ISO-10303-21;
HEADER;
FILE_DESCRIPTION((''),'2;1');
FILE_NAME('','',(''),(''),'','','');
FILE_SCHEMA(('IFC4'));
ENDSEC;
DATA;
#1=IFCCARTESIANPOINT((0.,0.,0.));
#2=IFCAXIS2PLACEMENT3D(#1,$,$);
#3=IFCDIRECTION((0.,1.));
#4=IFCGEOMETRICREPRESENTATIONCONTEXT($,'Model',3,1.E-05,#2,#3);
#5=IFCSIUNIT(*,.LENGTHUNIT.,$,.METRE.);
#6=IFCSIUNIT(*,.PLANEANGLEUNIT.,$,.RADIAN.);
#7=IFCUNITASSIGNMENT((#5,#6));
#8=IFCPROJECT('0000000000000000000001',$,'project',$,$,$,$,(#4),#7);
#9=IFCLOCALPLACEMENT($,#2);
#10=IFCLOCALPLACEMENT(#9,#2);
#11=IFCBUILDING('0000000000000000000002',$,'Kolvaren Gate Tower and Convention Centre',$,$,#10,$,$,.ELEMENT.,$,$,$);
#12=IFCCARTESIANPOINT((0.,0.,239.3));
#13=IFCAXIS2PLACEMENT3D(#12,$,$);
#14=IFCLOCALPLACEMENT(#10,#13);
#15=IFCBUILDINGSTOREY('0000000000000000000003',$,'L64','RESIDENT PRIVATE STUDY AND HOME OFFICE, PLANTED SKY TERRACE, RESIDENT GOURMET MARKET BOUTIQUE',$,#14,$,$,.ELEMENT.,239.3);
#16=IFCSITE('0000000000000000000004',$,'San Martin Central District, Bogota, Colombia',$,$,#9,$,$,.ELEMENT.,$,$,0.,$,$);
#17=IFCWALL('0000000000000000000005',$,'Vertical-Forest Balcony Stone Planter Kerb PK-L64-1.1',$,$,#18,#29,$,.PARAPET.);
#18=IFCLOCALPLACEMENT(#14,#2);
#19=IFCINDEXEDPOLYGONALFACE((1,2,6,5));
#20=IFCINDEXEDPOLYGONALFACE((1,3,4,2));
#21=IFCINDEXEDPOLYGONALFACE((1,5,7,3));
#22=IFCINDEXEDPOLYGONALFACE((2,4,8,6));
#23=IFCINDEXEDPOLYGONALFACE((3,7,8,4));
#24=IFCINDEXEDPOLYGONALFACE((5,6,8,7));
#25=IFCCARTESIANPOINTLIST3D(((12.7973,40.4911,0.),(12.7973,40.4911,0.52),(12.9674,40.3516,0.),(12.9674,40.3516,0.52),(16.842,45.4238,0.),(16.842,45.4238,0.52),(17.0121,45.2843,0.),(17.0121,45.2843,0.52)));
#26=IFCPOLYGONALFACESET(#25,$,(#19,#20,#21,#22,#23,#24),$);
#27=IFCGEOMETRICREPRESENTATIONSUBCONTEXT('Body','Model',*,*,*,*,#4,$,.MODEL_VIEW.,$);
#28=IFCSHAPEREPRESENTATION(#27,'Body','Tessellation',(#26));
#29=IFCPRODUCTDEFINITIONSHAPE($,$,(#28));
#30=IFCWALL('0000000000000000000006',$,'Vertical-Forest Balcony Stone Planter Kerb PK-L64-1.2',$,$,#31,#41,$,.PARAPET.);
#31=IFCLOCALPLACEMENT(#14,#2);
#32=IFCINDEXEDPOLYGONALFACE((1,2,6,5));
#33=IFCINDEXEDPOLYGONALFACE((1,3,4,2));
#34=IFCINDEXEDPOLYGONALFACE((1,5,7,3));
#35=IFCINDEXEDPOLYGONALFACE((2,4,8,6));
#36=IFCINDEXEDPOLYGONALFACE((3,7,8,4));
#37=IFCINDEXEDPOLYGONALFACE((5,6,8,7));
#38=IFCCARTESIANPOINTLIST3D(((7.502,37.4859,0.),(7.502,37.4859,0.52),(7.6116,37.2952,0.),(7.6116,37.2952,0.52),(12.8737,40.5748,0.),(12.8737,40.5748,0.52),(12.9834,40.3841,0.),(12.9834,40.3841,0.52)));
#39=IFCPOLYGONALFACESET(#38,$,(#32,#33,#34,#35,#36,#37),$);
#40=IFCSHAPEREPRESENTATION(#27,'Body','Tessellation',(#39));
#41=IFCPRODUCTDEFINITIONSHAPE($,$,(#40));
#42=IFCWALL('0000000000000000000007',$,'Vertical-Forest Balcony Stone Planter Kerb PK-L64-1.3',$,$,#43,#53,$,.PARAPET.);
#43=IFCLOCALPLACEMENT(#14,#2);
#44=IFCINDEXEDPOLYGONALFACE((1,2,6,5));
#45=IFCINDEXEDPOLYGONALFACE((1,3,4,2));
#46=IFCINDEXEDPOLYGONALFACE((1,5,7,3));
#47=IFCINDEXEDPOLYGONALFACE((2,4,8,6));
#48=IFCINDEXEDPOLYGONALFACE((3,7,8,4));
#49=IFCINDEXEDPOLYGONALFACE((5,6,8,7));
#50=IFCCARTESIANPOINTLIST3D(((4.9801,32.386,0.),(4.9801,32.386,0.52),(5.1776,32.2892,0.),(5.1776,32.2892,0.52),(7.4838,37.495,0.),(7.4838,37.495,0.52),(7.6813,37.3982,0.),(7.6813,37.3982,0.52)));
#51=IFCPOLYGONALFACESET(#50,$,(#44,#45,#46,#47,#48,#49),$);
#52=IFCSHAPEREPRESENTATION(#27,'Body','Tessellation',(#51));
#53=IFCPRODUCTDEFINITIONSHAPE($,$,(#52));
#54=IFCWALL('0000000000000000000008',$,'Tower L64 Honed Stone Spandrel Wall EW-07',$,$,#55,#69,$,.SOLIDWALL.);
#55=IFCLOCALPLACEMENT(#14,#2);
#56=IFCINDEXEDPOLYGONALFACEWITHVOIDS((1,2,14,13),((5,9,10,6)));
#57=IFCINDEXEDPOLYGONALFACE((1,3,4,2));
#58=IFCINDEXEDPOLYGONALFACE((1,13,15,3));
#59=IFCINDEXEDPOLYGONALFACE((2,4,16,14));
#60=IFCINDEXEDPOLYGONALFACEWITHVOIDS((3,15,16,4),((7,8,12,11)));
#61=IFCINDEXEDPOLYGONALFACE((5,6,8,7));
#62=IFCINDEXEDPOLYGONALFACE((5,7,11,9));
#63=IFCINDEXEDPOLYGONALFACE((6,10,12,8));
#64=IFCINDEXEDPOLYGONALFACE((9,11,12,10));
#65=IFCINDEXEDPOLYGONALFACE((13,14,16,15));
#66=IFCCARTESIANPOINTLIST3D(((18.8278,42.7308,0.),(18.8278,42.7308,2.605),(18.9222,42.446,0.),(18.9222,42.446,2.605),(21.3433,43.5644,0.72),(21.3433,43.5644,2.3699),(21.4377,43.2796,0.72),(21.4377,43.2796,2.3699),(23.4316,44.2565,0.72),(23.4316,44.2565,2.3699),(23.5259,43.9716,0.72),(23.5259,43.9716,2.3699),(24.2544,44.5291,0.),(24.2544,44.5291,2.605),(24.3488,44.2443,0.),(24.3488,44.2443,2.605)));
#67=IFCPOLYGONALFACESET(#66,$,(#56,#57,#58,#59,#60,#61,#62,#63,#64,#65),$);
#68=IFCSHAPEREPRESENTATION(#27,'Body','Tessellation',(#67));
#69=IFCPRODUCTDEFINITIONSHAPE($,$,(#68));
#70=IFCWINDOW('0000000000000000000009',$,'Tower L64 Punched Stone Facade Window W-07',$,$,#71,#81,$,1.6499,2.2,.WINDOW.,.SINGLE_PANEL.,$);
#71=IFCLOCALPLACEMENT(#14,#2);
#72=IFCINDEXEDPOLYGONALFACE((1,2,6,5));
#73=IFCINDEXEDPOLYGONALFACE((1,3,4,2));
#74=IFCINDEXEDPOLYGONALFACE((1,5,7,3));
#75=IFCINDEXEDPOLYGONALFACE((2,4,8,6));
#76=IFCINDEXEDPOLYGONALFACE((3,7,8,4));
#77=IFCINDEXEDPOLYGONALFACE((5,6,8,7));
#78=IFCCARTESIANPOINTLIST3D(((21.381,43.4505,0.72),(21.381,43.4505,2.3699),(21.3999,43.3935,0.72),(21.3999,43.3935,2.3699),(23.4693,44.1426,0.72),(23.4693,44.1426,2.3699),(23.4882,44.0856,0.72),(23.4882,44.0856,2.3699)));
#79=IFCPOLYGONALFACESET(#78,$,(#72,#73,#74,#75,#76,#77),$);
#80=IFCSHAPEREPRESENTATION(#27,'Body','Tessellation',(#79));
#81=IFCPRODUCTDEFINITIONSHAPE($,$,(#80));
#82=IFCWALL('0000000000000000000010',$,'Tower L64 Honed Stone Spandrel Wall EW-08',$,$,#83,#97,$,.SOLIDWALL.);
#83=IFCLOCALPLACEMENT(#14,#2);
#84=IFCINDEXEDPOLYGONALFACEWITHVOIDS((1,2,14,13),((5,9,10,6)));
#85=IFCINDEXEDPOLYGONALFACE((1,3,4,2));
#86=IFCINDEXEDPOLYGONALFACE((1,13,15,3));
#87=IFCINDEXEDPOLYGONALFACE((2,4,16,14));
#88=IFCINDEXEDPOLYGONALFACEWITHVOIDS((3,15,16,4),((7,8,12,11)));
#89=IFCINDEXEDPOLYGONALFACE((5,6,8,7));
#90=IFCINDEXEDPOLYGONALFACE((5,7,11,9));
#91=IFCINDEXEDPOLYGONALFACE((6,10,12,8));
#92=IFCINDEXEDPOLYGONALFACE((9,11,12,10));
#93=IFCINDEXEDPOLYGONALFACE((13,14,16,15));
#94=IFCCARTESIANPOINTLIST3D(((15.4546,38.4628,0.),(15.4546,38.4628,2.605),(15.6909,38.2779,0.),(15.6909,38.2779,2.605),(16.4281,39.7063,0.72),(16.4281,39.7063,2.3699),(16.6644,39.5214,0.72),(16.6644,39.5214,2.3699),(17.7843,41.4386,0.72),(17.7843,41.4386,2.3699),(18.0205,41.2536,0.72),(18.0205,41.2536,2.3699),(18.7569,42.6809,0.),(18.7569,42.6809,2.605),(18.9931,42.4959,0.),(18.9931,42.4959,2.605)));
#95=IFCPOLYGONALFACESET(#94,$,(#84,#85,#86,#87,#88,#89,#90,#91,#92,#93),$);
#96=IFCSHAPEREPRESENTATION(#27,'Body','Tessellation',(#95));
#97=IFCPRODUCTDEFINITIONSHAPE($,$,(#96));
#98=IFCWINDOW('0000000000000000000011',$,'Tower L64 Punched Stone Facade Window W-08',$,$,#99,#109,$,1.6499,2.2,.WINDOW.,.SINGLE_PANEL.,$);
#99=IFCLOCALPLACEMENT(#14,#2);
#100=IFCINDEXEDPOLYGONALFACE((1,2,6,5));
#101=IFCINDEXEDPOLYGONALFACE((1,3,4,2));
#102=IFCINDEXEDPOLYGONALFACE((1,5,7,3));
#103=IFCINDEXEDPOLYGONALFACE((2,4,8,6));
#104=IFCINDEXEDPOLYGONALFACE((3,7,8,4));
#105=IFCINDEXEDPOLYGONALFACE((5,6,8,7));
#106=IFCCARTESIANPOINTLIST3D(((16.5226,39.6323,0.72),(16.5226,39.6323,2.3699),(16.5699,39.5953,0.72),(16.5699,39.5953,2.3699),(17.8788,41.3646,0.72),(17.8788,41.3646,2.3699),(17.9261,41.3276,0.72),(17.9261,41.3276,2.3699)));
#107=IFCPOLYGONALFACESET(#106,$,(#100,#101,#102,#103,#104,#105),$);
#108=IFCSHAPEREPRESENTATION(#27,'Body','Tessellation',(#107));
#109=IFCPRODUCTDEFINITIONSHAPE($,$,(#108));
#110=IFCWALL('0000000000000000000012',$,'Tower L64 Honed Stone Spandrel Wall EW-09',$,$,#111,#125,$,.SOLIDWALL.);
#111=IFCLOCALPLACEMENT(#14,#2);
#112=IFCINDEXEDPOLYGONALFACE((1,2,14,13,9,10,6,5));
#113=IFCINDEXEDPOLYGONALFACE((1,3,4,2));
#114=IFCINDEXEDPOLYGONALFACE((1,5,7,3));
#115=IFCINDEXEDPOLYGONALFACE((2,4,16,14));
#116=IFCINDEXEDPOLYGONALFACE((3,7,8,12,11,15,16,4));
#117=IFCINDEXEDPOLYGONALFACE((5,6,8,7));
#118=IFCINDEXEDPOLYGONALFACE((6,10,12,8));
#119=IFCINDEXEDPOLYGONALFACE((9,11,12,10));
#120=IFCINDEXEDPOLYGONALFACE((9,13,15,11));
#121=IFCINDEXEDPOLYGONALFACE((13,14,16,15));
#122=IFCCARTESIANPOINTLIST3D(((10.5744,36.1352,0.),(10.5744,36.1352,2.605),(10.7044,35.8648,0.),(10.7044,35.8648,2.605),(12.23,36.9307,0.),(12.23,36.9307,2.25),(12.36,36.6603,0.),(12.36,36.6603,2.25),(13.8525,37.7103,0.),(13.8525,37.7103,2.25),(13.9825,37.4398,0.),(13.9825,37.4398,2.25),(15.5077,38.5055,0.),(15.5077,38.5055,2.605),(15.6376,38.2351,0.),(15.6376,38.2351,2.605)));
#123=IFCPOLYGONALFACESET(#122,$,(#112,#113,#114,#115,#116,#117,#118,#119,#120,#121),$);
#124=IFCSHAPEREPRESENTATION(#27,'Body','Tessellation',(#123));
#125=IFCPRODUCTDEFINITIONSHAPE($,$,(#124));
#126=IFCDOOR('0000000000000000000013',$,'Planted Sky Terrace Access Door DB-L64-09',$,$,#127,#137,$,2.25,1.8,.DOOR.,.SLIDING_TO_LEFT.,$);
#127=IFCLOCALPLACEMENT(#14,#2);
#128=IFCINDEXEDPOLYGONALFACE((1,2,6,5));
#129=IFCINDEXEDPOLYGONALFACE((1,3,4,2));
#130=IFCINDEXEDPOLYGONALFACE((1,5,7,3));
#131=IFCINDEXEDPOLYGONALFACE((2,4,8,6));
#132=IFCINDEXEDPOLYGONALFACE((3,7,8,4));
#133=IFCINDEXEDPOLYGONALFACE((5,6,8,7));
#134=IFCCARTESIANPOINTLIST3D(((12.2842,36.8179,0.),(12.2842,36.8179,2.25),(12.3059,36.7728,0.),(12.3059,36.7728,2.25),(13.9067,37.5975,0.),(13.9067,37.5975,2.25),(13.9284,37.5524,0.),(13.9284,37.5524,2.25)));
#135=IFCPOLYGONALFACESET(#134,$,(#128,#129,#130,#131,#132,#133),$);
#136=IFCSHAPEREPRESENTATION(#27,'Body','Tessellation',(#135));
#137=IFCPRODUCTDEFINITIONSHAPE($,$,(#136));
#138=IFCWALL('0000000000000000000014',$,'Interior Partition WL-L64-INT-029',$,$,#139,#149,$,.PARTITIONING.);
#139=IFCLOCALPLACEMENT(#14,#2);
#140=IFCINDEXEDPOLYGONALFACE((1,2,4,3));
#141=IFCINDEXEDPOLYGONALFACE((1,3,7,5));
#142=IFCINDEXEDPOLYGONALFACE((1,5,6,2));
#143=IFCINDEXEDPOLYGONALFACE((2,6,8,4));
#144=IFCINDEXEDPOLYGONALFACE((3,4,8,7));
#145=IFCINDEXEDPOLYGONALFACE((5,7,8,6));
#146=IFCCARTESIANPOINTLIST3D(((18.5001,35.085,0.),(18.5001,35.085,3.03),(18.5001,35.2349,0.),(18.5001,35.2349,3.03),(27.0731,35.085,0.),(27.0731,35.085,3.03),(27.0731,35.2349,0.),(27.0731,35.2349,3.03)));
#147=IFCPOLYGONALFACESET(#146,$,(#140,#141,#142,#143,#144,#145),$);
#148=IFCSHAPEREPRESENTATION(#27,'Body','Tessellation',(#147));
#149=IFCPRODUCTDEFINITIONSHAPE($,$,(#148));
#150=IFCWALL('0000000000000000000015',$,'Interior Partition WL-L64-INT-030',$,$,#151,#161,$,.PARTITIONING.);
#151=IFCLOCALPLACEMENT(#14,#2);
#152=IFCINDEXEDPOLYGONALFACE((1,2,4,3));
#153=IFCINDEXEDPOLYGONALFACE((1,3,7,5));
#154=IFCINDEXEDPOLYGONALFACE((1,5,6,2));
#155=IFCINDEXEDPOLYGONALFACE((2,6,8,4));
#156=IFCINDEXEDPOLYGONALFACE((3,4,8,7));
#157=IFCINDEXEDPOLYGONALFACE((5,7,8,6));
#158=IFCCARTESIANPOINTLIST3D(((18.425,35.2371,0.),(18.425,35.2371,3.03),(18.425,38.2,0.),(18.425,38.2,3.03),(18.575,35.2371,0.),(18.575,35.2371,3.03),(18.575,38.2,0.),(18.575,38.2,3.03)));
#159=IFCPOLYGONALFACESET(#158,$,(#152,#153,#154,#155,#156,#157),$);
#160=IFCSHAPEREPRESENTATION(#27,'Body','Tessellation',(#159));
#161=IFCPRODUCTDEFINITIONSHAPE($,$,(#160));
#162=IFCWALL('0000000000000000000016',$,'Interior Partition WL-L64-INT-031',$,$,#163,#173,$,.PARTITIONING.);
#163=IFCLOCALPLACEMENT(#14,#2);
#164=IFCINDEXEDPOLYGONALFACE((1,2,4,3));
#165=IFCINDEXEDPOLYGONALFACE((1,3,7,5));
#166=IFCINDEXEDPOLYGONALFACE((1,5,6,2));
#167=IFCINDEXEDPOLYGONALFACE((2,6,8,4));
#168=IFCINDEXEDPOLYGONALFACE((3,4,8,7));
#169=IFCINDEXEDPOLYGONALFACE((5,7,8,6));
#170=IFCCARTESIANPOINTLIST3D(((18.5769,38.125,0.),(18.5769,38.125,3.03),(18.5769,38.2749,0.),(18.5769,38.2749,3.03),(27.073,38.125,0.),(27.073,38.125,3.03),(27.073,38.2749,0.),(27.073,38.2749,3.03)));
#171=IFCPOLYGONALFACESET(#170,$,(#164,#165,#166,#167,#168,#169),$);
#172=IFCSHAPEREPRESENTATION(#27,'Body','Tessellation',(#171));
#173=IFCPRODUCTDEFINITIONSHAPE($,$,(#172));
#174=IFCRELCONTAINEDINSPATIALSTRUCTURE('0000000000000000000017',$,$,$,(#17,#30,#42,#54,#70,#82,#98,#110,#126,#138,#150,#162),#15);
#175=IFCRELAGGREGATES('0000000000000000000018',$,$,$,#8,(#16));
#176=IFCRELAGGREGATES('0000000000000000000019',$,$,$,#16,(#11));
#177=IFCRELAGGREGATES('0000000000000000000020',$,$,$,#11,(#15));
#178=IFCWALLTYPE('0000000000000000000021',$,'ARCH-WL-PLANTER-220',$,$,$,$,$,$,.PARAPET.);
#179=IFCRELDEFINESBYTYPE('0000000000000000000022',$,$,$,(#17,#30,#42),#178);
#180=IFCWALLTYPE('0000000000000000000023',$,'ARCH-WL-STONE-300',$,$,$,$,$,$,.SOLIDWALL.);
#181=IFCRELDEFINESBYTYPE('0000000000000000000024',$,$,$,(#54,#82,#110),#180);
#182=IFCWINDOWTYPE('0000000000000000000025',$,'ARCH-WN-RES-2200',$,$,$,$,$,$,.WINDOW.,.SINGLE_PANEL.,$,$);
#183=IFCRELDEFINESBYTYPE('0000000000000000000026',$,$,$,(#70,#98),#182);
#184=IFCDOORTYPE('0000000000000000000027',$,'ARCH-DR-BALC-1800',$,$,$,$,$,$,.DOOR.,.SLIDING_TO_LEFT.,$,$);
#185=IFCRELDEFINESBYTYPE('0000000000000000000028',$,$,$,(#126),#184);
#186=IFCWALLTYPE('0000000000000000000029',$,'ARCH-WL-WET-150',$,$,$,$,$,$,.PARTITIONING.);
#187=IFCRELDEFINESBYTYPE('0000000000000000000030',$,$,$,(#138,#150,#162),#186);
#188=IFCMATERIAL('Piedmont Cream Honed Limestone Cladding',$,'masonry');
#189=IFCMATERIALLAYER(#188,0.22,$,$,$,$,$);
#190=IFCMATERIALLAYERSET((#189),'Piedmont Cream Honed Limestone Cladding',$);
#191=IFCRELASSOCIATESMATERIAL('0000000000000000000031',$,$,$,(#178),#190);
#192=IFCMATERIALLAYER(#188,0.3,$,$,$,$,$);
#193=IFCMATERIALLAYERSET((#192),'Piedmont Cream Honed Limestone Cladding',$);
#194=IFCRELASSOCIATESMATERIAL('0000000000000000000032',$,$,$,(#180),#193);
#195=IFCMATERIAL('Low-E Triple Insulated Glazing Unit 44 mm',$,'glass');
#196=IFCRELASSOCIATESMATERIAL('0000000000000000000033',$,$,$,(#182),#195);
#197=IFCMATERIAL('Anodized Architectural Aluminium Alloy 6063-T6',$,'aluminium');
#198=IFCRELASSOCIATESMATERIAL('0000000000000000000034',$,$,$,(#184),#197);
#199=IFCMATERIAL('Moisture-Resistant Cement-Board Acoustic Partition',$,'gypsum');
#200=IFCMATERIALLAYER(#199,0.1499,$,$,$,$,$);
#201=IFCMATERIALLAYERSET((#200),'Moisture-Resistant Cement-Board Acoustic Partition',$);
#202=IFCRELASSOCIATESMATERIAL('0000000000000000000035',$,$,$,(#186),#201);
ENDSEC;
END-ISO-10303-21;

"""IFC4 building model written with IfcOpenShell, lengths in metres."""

from ifc_helpers import new_model, si_unit, direction, frame, frame_2d, origin, place, context, subcontext, project, spatial, rectangle, extrude, material, layer, layer_set, type_object, element, fill, save


model = new_model("IFC4")

# Units and contexts
model_context = context("Model", 3, precision=1e-05, world=origin(), true_north=direction((0.0, 1.0)))
body_context = subcontext(model_context, "Body", "Model", "MODEL_VIEW")
ifc_project = project(units=[si_unit("LENGTHUNIT", "METRE"), si_unit("PLANEANGLEUNIT", "RADIAN")], contexts=[model_context])

# Site, building, storey
site_placement = place(None, origin())
site = spatial("IfcSite", under=ifc_project, at=site_placement, Name="San Martin Central District, Bogota, Colombia", CompositionType="ELEMENT", RefElevation=0.0)
building_placement = place(site_placement, origin())
building = spatial("IfcBuilding", under=site, at=building_placement, Name="Kolvaren Gate Tower and Convention Centre", CompositionType="ELEMENT")
storey_placement = place(building_placement, frame((0.0, 0.0, 239.3)))
storey = spatial("IfcBuildingStorey", under=building, at=storey_placement, Name="L64", Description="RESIDENT PRIVATE STUDY AND HOME OFFICE, PLANTED SKY TERRACE, RESIDENT GOURMET MARKET BOUTIQUE", CompositionType="ELEMENT", Elevation=239.3)

# Walls
ifc_material_1 = material(Name="Piedmont Cream Honed Limestone Cladding", Category="masonry")
ifc_layer_1 = layer(ifc_material_1, 0.22)
ifc_layer_set_1 = layer_set([ifc_layer_1], Name="Piedmont Cream Honed Limestone Cladding")
wall_type_1 = type_object("IfcWallType", Name="ARCH-WL-PLANTER-220", PredefinedType="PARAPET", material=ifc_layer_set_1)
wall_1_placement = place(storey_placement, frame((12.8823, 40.4214, 0.0), z_axis=(0.0, 0.0, 1.0), x_axis=(0.634073, 0.773273, 0.0)))
element("IfcWall", 1, at=wall_1_placement, inside=storey, type_object=wall_type_1, Name="Vertical-Forest Balcony Stone Planter Kerb PK-L64-1.1", PredefinedType="PARAPET", context=body_context, shape_type="SweptSolid", body=[
    extrude(rectangle(XDim=6.3789, YDim=0.22, at=frame_2d((3.1895, 0.0))), origin(), (0.0, 0.0, 1.0), 0.52),
])
wall_2_placement = place(storey_placement, frame((7.5569, 37.3906, 0.0), z_axis=(0.0, 0.0, 1.0), x_axis=(0.866902, 0.498479, 0.0)))
element("IfcWall", 2, at=wall_2_placement, inside=storey, type_object=wall_type_1, Name="Vertical-Forest Balcony Stone Planter Kerb PK-L64-1.2", PredefinedType="PARAPET", context=body_context, shape_type="SweptSolid", body=[
    extrude(rectangle(XDim=6.1965, YDim=0.22, at=frame_2d((3.0981, 0.0))), origin(), (0.0, 0.0, 1.0), 0.52),
])
wall_3_placement = place(storey_placement, frame((5.0789, 32.3376, 0.0), z_axis=(0.0, 0.0, 1.0), x_axis=(0.440059, 0.897969, 0.0)))
element("IfcWall", 3, at=wall_3_placement, inside=storey, type_object=wall_type_1, Name="Vertical-Forest Balcony Stone Planter Kerb PK-L64-1.3", PredefinedType="PARAPET", context=body_context, shape_type="SweptSolid", body=[
    extrude(rectangle(XDim=5.6895, YDim=0.22, at=frame_2d((2.8447, 0.0))), origin(), (0.0, 0.0, 1.0), 0.52),
])

# Walls, openings, windows
ifc_layer_2 = layer(ifc_material_1, 0.3)
ifc_layer_set_2 = layer_set([ifc_layer_2], Name="Piedmont Cream Honed Limestone Cladding")
wall_type_2 = type_object("IfcWallType", Name="ARCH-WL-STONE-300", PredefinedType="SOLIDWALL", material=ifc_layer_set_2)
wall_4_placement = place(storey_placement, frame((18.875, 42.5884, 0.0), z_axis=(0.0, 0.0, 1.0), x_axis=(0.949233, 0.314575, 0.0)))
wall_4 = element("IfcWall", 4, at=wall_4_placement, inside=storey, type_object=wall_type_2, Name="Tower L64 Honed Stone Spandrel Wall EW-07", PredefinedType="SOLIDWALL", context=body_context, shape_type="SweptSolid", body=[
    extrude(rectangle(XDim=5.7168, YDim=0.3, at=frame_2d((2.8584, 0.0))), origin(), (0.0, 0.0, 1.0), 2.605),
])
opening_1_placement = place(wall_4_placement, frame((2.6499, 0.0, 0.72)))
opening_1 = element("IfcOpeningElement", 5, at=opening_1_placement, cuts=wall_4, PredefinedType="OPENING", context=body_context, shape_type="SweptSolid", body=[
    extrude(rectangle(XDim=2.2, YDim=1.6499, at=frame_2d((1.1001, 0.825))), frame((0.0, 0.1599, 0.0), z_axis=(0.0, -1.0, 0.0), x_axis=(1.0, 0.0, 0.0)), (0.0, 0.0, 1.0), 0.3201),
])
ifc_material_2 = material(Name="Low-E Triple Insulated Glazing Unit 44 mm", Category="glass")
window_type = type_object("IfcWindowType", Name="ARCH-WN-RES-2200", PartitioningType="SINGLE_PANEL", PredefinedType="WINDOW", material=ifc_material_2)
window_1_placement = place(opening_1_placement, origin())
window_1 = element("IfcWindow", 6, at=window_1_placement, inside=storey, type_object=window_type, Name="Tower L64 Punched Stone Facade Window W-07", OverallHeight=1.6499, OverallWidth=2.2, PartitioningType="SINGLE_PANEL", PredefinedType="WINDOW", context=body_context, shape_type="SweptSolid", body=[
    extrude(rectangle(XDim=2.2, YDim=1.6499, at=frame_2d((1.1001, 0.825))), frame((0.0, 0.03, 0.0), z_axis=(0.0, -1.0, 0.0), x_axis=(1.0, 0.0, 0.0)), (0.0, 0.0, 1.0), 0.0601),
])
fill(opening_1, window_1)
wall_5_placement = place(storey_placement, frame((15.5728, 38.3704, 0.0), z_axis=(0.0, 0.0, 1.0), x_axis=(0.616446, 0.787397, 0.0)))
wall_5 = element("IfcWall", 7, at=wall_5_placement, inside=storey, type_object=wall_type_2, Name="Tower L64 Honed Stone Spandrel Wall EW-08", PredefinedType="SOLIDWALL", context=body_context, shape_type="SweptSolid", body=[
    extrude(rectangle(XDim=5.3569, YDim=0.3, at=frame_2d((2.6785, 0.0))), origin(), (0.0, 0.0, 1.0), 2.605),
])
opening_2_placement = place(wall_5_placement, frame((1.5791, 0.0, 0.72)))
opening_2 = element("IfcOpeningElement", 8, at=opening_2_placement, cuts=wall_5, PredefinedType="OPENING", context=body_context, shape_type="SweptSolid", body=[
    extrude(rectangle(XDim=2.2, YDim=1.6499, at=frame_2d((1.1001, 0.825))), frame((0.0, 0.1599, 0.0), z_axis=(0.0, -1.0, 0.0), x_axis=(1.0, 0.0, 0.0)), (0.0, 0.0, 1.0), 0.3201),
])
window_2_placement = place(opening_2_placement, origin())
window_2 = element("IfcWindow", 9, at=window_2_placement, inside=storey, type_object=window_type, Name="Tower L64 Punched Stone Facade Window W-08", OverallHeight=1.6499, OverallWidth=2.2, PartitioningType="SINGLE_PANEL", PredefinedType="WINDOW", context=body_context, shape_type="SweptSolid", body=[
    extrude(rectangle(XDim=2.2, YDim=1.6499, at=frame_2d((1.1001, 0.825))), frame((0.0, 0.03, 0.0), z_axis=(0.0, -1.0, 0.0), x_axis=(1.0, 0.0, 0.0)), (0.0, 0.0, 1.0), 0.0601),
])
fill(opening_2, window_2)

# Wall, opening, door
wall_6_placement = place(storey_placement, frame((10.6394, 36.0, 0.0), z_axis=(0.0, 0.0, 1.0), x_axis=(0.901355, 0.433081, 0.0)))
wall_6 = element("IfcWall", 10, at=wall_6_placement, inside=storey, type_object=wall_type_2, Name="Tower L64 Honed Stone Spandrel Wall EW-09", PredefinedType="SOLIDWALL", context=body_context, shape_type="SweptSolid", body=[
    extrude(rectangle(XDim=5.4731, YDim=0.3, at=frame_2d((2.7366, 0.0))), origin(), (0.0, 0.0, 1.0), 2.605),
])
opening_3_placement = place(wall_6_placement, frame((1.8369, 0.0, 0.0)))
opening_3 = element("IfcOpeningElement", 11, at=opening_3_placement, cuts=wall_6, PredefinedType="OPENING", context=body_context, shape_type="SweptSolid", body=[
    extrude(rectangle(XDim=1.8, YDim=2.25, at=frame_2d((0.8999, 1.125))), frame((0.0, 0.1599, 0.0), z_axis=(0.0, -1.0, 0.0), x_axis=(1.0, 0.0, 0.0)), (0.0, 0.0, 1.0), 0.3201),
])
ifc_material_3 = material(Name="Anodized Architectural Aluminium Alloy 6063-T6", Category="aluminium")
door_type = type_object("IfcDoorType", Name="ARCH-DR-BALC-1800", OperationType="SLIDING_TO_LEFT", PredefinedType="DOOR", material=ifc_material_3)
door_placement = place(opening_3_placement, origin())
door = element("IfcDoor", 12, at=door_placement, inside=storey, type_object=door_type, Name="Planted Sky Terrace Access Door DB-L64-09", OperationType="SLIDING_TO_LEFT", OverallHeight=2.25, OverallWidth=1.8, PredefinedType="DOOR", context=body_context, shape_type="SweptSolid", body=[
    extrude(rectangle(XDim=1.8, YDim=2.25, at=frame_2d((0.8999, 1.125))), frame((0.0, 0.0249, 0.0), z_axis=(0.0, -1.0, 0.0), x_axis=(1.0, 0.0, 0.0)), (0.0, 0.0, 1.0), 0.05),
])
fill(opening_3, door)

# Walls
ifc_material_4 = material(Name="Moisture-Resistant Cement-Board Acoustic Partition", Category="gypsum")
ifc_layer_3 = layer(ifc_material_4, 0.1499)
ifc_layer_set_3 = layer_set([ifc_layer_3], Name="Moisture-Resistant Cement-Board Acoustic Partition")
wall_type_3 = type_object("IfcWallType", Name="ARCH-WL-WET-150", PredefinedType="PARTITIONING", material=ifc_layer_set_3)
wall_7_placement = place(storey_placement, frame((18.5, 35.1599, 0.0), z_axis=(0.0, 0.0, 1.0), x_axis=(1.0, 0.0, 0.0)))
element("IfcWall", 13, at=wall_7_placement, inside=storey, type_object=wall_type_3, Name="Interior Partition WL-L64-INT-029", PredefinedType="PARTITIONING", context=body_context, shape_type="SweptSolid", body=[
    extrude(rectangle(XDim=8.573, YDim=0.1499, at=frame_2d((4.2866, 0.0))), origin(), (0.0, 0.0, 1.0), 3.03),
])
wall_8_placement = place(storey_placement, frame((18.5, 35.2371, 0.0), z_axis=(0.0, 0.0, 1.0), x_axis=(0.0, 1.0, 0.0)))
element("IfcWall", 14, at=wall_8_placement, inside=storey, type_object=wall_type_3, Name="Interior Partition WL-L64-INT-030", PredefinedType="PARTITIONING", context=body_context, shape_type="SweptSolid", body=[
    extrude(rectangle(XDim=2.9629, YDim=0.1499, at=frame_2d((1.4814, 0.0))), origin(), (0.0, 0.0, 1.0), 3.03),
])
wall_9_placement = place(storey_placement, frame((18.5769, 38.2, 0.0), z_axis=(0.0, 0.0, 1.0), x_axis=(1.0, 0.0, 0.0)))
element("IfcWall", 15, at=wall_9_placement, inside=storey, type_object=wall_type_3, Name="Interior Partition WL-L64-INT-031", PredefinedType="PARTITIONING", context=body_context, shape_type="SweptSolid", body=[
    extrude(rectangle(XDim=8.4961, YDim=0.1499, at=frame_2d((4.248, 0.0))), origin(), (0.0, 0.0, 1.0), 3.03),
])

save(model, "model.ifc")
